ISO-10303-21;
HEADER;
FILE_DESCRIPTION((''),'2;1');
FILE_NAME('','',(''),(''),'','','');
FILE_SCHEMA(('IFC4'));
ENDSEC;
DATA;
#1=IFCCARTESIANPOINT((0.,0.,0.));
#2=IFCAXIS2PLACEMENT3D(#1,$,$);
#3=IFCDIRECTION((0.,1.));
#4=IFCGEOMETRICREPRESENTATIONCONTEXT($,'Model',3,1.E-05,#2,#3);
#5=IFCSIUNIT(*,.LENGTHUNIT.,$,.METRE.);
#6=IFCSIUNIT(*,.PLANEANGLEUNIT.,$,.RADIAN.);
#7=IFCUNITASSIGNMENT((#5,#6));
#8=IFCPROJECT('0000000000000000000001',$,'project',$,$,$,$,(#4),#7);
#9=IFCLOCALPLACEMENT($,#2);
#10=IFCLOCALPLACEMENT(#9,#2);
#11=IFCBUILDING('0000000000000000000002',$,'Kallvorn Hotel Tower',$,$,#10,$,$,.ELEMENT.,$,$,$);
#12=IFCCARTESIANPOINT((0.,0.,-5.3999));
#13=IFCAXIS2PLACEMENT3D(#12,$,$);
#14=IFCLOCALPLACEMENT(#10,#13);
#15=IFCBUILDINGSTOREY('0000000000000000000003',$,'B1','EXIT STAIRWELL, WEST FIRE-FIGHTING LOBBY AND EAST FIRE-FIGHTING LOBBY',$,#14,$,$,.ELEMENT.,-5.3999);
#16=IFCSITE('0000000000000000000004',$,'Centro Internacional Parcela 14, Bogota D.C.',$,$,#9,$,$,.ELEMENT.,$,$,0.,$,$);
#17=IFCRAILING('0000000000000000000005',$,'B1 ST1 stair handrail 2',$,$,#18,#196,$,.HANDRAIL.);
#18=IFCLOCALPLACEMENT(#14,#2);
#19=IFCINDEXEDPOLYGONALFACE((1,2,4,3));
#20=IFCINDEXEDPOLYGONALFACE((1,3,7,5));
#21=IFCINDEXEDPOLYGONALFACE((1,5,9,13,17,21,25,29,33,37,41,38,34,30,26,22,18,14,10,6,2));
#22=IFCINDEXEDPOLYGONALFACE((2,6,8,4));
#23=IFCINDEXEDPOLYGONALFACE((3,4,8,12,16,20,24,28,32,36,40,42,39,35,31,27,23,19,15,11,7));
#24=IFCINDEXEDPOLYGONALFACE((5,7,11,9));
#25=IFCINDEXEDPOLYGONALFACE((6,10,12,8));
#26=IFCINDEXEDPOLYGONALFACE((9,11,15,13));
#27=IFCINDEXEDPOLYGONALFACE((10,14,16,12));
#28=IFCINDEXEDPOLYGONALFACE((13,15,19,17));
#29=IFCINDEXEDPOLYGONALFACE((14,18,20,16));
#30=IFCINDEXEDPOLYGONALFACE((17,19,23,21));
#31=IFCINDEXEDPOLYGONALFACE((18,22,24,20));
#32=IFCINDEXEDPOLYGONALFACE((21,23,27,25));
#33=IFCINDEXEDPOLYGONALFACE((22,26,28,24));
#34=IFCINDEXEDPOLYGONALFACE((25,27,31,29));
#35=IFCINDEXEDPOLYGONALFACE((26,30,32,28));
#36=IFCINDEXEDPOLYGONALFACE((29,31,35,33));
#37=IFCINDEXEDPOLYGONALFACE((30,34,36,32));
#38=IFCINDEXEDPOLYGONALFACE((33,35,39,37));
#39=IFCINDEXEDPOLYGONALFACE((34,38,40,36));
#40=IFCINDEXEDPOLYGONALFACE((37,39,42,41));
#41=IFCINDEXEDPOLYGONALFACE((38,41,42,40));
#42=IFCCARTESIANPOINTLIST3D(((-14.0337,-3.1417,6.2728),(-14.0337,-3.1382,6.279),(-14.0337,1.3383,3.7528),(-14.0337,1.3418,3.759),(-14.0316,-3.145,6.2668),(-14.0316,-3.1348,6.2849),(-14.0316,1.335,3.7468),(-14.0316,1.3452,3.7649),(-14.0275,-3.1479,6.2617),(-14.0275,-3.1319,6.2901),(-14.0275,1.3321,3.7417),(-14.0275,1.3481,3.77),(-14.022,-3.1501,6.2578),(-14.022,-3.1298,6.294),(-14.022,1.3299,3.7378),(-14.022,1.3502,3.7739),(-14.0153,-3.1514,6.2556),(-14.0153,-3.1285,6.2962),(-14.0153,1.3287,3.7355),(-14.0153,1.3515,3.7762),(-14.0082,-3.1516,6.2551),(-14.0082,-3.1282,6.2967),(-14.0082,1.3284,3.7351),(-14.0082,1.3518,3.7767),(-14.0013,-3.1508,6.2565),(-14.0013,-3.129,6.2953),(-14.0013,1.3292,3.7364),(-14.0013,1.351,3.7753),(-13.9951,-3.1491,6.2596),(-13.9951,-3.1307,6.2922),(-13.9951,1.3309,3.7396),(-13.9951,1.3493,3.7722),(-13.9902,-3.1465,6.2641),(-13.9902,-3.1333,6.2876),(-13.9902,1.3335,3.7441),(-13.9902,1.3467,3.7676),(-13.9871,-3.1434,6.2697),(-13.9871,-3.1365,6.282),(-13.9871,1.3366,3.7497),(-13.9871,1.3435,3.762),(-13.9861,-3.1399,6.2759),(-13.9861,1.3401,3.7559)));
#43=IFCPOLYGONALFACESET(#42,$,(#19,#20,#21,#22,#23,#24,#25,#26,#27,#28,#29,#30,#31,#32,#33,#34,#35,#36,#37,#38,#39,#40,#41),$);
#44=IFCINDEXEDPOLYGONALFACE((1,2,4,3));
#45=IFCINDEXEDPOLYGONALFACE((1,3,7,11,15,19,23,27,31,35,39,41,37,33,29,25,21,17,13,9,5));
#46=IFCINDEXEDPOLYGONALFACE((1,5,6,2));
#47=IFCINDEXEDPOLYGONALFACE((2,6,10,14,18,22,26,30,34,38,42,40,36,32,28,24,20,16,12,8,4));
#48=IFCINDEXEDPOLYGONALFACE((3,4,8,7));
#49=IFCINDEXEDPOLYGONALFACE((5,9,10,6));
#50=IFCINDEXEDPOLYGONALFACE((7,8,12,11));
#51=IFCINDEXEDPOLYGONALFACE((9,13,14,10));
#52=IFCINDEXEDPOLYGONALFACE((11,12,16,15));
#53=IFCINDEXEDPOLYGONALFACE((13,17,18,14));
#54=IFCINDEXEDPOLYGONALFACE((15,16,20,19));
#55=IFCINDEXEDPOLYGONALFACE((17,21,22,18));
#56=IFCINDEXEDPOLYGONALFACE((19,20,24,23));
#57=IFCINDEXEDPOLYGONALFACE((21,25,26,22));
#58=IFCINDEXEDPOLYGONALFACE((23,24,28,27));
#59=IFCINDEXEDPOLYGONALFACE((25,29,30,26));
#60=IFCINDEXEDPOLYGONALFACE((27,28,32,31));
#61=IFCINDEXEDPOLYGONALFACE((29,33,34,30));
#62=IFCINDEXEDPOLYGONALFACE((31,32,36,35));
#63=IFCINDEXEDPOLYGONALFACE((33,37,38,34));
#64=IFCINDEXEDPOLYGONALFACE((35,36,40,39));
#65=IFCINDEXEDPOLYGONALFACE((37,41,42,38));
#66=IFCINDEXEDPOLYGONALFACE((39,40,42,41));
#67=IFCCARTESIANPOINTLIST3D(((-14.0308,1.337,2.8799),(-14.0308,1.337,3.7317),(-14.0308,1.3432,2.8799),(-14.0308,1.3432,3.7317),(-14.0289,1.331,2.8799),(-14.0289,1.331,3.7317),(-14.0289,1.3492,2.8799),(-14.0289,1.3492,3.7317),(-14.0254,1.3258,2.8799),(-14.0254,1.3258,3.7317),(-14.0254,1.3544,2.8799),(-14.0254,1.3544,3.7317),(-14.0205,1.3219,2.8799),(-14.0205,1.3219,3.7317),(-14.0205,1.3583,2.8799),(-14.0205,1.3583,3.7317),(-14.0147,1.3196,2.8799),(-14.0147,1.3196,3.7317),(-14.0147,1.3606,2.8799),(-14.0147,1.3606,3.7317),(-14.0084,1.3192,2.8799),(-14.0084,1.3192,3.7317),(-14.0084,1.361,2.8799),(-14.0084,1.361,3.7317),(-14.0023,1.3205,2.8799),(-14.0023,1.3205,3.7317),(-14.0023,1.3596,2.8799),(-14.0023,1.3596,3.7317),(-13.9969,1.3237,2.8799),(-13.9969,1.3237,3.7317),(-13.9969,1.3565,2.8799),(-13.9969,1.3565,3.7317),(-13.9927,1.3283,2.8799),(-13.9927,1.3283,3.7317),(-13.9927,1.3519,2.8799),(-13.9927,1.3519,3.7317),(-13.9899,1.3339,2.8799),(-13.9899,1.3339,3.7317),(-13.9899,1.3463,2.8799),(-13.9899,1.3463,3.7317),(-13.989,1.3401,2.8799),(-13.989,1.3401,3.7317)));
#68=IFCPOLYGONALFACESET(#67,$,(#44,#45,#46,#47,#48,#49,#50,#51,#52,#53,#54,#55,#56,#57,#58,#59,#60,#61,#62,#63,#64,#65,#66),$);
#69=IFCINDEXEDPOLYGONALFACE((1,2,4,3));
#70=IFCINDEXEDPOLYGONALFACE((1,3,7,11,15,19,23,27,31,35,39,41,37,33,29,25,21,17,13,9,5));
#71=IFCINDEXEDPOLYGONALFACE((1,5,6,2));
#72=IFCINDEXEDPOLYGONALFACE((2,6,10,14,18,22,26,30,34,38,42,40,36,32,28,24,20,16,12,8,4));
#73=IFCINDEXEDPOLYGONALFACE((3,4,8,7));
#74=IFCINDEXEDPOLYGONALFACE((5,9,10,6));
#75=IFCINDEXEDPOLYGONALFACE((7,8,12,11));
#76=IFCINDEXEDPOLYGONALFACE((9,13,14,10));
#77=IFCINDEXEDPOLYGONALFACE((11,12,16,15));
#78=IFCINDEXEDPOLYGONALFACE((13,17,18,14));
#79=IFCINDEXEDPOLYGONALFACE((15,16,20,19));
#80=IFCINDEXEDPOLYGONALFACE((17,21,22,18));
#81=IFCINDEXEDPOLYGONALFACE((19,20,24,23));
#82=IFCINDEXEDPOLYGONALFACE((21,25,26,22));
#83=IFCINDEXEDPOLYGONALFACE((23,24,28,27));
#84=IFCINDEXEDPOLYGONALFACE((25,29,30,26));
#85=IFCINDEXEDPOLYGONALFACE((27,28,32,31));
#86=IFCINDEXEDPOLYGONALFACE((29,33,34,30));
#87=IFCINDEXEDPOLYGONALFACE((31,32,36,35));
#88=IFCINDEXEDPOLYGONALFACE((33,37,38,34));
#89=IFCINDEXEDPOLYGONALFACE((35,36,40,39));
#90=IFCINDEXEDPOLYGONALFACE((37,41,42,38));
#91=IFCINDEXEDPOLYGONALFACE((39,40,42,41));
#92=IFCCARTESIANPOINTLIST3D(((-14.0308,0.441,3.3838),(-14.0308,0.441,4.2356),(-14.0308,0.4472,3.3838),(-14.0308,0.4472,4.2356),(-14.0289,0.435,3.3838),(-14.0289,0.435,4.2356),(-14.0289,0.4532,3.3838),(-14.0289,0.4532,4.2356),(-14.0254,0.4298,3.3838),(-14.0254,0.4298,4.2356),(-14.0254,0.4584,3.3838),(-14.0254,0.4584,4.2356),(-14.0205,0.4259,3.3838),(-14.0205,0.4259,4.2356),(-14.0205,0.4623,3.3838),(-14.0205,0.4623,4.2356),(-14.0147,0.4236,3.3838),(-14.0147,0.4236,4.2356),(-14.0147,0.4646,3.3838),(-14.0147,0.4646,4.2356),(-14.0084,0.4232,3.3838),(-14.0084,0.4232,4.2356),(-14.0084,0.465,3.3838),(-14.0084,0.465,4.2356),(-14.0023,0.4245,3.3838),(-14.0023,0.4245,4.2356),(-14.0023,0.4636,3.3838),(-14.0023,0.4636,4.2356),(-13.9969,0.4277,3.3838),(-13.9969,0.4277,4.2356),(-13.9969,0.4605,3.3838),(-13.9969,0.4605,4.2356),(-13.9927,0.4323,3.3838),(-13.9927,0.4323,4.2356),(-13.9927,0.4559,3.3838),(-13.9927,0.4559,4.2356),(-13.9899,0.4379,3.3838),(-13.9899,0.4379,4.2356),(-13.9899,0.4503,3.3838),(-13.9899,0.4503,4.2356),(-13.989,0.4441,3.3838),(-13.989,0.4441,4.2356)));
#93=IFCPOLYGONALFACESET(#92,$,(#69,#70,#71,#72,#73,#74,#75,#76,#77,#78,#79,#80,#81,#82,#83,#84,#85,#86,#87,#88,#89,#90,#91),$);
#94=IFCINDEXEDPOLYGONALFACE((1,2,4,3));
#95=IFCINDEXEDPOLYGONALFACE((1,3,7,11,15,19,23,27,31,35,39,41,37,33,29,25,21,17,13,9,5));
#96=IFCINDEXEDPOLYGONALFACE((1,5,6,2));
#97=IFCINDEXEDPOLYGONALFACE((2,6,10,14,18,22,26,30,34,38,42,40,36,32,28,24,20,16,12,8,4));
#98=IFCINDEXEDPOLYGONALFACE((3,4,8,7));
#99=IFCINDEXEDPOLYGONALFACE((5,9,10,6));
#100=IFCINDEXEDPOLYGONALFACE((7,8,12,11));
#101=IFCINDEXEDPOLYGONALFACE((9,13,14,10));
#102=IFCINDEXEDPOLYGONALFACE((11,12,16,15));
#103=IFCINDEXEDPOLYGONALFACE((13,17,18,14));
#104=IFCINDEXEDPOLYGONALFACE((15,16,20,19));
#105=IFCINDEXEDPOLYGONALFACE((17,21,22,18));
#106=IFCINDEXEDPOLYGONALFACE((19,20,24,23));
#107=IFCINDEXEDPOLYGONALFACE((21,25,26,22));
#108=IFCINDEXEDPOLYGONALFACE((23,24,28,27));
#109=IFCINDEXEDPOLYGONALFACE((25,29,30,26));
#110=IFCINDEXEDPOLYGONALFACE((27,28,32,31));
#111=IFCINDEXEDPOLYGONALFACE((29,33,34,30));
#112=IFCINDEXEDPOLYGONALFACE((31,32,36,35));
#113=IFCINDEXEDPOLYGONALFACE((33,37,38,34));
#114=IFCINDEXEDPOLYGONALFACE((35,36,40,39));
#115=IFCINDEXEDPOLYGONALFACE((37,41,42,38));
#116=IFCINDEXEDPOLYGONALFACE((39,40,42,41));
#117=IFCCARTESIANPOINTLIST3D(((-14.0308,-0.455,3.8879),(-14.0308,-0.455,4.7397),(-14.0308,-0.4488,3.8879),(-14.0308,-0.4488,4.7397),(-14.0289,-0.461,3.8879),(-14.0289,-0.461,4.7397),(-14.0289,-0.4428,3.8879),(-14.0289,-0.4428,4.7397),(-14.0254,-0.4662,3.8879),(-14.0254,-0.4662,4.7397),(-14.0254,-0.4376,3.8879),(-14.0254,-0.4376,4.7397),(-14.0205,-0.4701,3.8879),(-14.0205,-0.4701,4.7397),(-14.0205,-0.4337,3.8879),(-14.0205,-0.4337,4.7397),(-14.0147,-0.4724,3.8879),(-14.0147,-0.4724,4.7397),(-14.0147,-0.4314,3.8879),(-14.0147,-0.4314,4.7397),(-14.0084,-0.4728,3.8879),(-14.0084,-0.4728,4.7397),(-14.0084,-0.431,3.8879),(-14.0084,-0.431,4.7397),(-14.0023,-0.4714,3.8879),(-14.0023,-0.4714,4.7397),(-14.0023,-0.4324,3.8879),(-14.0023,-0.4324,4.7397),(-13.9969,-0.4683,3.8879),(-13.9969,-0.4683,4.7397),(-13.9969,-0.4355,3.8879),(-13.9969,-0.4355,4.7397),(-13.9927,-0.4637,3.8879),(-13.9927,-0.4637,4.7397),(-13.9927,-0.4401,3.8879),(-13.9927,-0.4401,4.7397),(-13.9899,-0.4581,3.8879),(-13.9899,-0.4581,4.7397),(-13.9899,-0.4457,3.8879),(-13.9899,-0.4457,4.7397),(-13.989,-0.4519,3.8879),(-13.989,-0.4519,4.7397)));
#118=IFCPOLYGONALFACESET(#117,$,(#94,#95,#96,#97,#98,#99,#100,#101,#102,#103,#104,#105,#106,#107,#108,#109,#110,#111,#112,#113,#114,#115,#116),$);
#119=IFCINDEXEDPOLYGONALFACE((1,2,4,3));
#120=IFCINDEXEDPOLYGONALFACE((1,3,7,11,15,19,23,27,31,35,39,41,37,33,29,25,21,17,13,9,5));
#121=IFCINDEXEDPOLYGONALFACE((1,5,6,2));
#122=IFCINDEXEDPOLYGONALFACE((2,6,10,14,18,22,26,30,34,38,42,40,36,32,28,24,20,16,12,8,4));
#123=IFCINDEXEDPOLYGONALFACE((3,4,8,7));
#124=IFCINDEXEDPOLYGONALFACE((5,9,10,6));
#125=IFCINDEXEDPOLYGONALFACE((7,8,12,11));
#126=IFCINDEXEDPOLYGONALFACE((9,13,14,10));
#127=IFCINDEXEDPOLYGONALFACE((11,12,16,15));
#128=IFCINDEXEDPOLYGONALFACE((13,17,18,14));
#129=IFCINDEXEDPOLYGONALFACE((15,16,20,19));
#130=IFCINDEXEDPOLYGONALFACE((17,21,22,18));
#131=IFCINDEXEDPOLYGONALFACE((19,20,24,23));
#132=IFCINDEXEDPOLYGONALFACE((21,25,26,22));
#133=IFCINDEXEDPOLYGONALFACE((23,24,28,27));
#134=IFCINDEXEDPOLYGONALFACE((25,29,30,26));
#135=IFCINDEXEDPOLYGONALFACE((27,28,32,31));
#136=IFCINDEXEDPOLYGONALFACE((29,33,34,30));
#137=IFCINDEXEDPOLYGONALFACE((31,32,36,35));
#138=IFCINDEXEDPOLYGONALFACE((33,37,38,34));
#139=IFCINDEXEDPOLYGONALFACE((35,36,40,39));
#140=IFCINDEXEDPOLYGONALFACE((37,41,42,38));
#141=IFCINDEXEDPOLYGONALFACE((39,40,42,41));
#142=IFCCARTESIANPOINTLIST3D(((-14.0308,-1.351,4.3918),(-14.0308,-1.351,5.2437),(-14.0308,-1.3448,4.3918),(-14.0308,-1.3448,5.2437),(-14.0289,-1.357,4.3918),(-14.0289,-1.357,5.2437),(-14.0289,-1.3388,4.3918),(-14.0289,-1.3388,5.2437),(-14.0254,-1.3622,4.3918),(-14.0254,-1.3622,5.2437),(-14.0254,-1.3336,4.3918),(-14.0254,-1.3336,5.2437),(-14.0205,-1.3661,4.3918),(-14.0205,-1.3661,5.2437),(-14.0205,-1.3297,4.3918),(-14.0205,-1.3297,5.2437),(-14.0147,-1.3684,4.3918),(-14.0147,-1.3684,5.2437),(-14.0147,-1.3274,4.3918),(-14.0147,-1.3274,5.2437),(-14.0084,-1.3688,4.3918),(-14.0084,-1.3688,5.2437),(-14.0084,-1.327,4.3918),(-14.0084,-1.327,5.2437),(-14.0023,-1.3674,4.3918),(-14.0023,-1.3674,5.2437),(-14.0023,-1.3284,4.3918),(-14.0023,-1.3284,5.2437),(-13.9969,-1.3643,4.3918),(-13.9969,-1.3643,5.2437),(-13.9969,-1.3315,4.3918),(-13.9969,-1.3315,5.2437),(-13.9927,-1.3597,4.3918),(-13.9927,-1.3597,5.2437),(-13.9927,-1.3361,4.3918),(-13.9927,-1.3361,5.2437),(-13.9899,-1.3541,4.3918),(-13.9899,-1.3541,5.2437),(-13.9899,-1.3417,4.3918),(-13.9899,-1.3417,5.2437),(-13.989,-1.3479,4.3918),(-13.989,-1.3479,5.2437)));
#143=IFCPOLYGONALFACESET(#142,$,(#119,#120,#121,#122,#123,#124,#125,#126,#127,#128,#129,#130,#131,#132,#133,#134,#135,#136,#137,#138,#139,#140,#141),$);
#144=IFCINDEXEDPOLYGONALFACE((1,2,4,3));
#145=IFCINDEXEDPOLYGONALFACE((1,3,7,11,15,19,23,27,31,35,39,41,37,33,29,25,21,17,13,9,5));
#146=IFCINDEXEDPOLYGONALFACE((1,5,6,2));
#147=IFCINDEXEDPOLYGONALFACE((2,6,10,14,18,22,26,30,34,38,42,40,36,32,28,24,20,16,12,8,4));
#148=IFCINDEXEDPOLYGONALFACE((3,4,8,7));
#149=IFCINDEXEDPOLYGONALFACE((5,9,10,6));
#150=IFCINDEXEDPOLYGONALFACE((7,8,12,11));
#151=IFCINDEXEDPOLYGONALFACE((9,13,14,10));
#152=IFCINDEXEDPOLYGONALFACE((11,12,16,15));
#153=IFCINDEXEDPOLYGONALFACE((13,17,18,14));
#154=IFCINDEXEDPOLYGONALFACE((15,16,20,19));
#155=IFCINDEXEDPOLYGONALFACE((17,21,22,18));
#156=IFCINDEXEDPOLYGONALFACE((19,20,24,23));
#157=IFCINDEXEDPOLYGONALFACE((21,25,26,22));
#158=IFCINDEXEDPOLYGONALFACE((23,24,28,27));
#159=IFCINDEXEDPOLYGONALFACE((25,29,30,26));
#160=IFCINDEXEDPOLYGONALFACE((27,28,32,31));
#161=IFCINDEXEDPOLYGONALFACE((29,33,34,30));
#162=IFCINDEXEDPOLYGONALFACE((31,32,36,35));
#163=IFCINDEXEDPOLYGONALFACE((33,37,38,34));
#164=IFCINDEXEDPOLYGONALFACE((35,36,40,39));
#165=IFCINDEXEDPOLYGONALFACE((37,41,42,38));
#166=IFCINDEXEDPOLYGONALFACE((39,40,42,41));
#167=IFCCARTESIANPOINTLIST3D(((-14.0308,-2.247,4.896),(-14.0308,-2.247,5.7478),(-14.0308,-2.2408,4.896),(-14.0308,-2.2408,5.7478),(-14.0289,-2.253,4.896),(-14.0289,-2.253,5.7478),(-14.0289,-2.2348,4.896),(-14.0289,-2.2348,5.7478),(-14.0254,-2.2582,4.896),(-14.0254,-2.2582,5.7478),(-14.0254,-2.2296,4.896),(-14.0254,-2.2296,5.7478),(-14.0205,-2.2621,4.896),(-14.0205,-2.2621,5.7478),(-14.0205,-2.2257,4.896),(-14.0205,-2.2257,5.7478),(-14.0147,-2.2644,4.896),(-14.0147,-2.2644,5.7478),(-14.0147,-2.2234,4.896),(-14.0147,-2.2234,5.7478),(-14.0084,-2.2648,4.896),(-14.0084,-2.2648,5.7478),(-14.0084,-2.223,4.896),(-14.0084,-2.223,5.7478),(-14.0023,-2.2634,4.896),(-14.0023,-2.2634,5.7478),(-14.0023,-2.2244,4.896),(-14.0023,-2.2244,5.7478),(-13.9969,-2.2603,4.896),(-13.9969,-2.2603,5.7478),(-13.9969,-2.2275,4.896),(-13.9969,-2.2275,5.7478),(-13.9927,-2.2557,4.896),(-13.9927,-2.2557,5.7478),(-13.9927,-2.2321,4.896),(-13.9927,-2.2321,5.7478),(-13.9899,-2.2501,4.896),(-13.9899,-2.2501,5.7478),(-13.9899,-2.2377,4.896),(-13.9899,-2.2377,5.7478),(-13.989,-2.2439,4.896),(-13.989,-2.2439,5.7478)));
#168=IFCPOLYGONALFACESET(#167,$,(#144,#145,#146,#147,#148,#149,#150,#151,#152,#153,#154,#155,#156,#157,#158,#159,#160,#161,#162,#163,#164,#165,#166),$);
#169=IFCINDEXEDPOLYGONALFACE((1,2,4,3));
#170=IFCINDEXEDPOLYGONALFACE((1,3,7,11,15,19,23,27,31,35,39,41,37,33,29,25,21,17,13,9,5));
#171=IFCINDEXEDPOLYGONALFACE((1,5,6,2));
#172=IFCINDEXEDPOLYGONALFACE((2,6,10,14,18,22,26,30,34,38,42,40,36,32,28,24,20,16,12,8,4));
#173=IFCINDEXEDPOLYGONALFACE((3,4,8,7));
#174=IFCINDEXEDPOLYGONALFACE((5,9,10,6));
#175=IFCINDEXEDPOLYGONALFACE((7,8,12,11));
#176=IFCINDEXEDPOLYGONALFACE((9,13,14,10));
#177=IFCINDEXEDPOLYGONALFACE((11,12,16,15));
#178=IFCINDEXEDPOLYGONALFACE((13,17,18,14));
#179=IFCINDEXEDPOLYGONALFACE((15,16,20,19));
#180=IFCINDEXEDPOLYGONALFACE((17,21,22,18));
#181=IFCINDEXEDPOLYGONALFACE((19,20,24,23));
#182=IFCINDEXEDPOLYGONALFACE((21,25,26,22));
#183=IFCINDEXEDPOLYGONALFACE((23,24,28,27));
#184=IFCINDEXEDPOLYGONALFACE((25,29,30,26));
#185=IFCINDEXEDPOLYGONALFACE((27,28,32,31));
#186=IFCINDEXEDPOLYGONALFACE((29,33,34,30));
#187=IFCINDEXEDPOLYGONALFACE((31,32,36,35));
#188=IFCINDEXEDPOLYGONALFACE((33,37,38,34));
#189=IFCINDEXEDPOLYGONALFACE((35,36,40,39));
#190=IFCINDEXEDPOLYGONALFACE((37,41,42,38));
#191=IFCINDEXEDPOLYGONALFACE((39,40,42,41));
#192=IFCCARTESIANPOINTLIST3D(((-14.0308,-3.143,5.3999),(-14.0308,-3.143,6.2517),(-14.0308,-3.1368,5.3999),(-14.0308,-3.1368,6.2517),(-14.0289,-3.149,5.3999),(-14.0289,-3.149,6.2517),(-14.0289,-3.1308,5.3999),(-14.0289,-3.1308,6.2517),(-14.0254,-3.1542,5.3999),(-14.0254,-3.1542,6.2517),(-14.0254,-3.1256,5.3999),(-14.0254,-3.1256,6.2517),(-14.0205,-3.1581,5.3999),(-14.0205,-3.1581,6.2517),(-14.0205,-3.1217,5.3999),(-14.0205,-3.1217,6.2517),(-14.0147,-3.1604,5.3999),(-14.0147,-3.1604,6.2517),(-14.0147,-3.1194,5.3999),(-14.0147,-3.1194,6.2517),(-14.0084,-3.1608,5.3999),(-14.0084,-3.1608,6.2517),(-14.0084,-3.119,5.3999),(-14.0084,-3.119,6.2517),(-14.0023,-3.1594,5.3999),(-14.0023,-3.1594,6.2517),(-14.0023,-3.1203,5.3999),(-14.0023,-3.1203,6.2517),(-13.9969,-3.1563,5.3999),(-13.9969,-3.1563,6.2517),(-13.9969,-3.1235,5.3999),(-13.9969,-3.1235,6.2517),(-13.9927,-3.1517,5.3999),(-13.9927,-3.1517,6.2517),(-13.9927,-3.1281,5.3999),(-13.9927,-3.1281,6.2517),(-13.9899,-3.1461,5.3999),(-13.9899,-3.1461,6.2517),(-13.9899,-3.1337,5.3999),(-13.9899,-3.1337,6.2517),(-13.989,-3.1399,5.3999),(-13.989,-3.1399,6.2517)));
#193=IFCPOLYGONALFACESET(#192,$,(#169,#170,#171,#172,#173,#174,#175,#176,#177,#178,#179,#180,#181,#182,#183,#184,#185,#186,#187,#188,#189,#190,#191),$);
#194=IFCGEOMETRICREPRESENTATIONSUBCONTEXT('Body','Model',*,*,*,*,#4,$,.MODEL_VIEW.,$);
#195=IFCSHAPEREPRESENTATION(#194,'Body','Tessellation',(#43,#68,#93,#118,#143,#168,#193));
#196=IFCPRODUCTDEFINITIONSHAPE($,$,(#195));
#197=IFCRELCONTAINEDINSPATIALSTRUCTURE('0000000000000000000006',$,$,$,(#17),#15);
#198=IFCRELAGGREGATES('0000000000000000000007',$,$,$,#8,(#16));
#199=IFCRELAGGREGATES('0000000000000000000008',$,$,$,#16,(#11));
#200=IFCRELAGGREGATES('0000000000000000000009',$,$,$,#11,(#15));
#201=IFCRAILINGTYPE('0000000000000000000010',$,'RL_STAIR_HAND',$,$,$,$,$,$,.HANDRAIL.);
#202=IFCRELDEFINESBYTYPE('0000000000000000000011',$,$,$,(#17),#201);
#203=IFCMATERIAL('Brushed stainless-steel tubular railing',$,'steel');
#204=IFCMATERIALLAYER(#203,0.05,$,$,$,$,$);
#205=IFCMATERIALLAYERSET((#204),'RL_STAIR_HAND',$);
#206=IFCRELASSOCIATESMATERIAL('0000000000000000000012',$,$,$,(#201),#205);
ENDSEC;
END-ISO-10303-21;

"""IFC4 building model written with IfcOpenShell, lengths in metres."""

from ifc_helpers import new_model, si_unit, direction, frame, origin, origin_2d, place, context, subcontext, project, spatial, circle, extrude, material, layer, layer_set, type_object, element, save


model = new_model("IFC4")

# Units and contexts
model_context = context("Model", 3, precision=1e-05, world=origin(), true_north=direction((0.0, 1.0)))
body_context = subcontext(model_context, "Body", "Model", "MODEL_VIEW")
ifc_project = project(units=[si_unit("LENGTHUNIT", "METRE"), si_unit("PLANEANGLEUNIT", "RADIAN")], contexts=[model_context])

# Site, building, storey
site_placement = place(None, origin())
site = spatial("IfcSite", under=ifc_project, at=site_placement, Name="Centro Internacional Parcela 14, Bogota D.C.", CompositionType="ELEMENT", RefElevation=0.0)
building_placement = place(site_placement, origin())
building = spatial("IfcBuilding", under=site, at=building_placement, Name="Kallvorn Hotel Tower", CompositionType="ELEMENT")
storey_placement = place(building_placement, frame((0.0, 0.0, -5.3999)))
storey = spatial("IfcBuildingStorey", under=building, at=storey_placement, Name="B1", Description="EXIT STAIRWELL, WEST FIRE-FIGHTING LOBBY AND EAST FIRE-FIGHTING LOBBY", CompositionType="ELEMENT", Elevation=-5.3999)

# Railing
ifc_material_1 = material(Name="Brushed stainless-steel tubular railing", Category="steel")
ifc_layer_1 = layer(ifc_material_1, 0.05)
ifc_layer_set_1 = layer_set([ifc_layer_1], Name="RL_STAIR_HAND")
railing_type_1 = type_object("IfcRailingType", Name="RL_STAIR_HAND", PredefinedType="HANDRAIL", material=ifc_layer_set_1)
railing_1_placement = place(storey_placement, frame((-14.01, 1.3401, 2.8799)))
element("IfcRailing", 1, at=railing_1_placement, inside=storey, type_object=railing_type_1, Name="B1 ST1 stair handrail 2", PredefinedType="HANDRAIL", context=body_context, shape_type="SweptSolid", body=[
    extrude(circle(Radius=0.0239, at=origin_2d()), frame((0.0, 0.0, 0.876), z_axis=(0.0, -0.871573, 0.490266), x_axis=(1.0, 0.0, 0.0)), (0.0, 0.0, 1.0), 5.1401),
    extrude(circle(Radius=0.021, at=origin_2d()), origin(), (0.0, 0.0, 1.0), 0.8518),
    extrude(circle(Radius=0.021, at=origin_2d()), frame((0.0, -0.896, 0.5039)), (0.0, 0.0, 1.0), 0.8518),
    extrude(circle(Radius=0.021, at=origin_2d()), frame((0.0, -1.792, 1.0081)), (0.0, 0.0, 1.0), 0.8518),
    extrude(circle(Radius=0.021, at=origin_2d()), frame((0.0, -2.688, 1.512)), (0.0, 0.0, 1.0), 0.8518),
    extrude(circle(Radius=0.021, at=origin_2d()), frame((0.0, -3.584, 2.0161)), (0.0, 0.0, 1.0), 0.8518),
    extrude(circle(Radius=0.021, at=origin_2d()), frame((0.0, -4.48, 2.52)), (0.0, 0.0, 1.0), 0.8518),
])

save(model, "model.ifc")
